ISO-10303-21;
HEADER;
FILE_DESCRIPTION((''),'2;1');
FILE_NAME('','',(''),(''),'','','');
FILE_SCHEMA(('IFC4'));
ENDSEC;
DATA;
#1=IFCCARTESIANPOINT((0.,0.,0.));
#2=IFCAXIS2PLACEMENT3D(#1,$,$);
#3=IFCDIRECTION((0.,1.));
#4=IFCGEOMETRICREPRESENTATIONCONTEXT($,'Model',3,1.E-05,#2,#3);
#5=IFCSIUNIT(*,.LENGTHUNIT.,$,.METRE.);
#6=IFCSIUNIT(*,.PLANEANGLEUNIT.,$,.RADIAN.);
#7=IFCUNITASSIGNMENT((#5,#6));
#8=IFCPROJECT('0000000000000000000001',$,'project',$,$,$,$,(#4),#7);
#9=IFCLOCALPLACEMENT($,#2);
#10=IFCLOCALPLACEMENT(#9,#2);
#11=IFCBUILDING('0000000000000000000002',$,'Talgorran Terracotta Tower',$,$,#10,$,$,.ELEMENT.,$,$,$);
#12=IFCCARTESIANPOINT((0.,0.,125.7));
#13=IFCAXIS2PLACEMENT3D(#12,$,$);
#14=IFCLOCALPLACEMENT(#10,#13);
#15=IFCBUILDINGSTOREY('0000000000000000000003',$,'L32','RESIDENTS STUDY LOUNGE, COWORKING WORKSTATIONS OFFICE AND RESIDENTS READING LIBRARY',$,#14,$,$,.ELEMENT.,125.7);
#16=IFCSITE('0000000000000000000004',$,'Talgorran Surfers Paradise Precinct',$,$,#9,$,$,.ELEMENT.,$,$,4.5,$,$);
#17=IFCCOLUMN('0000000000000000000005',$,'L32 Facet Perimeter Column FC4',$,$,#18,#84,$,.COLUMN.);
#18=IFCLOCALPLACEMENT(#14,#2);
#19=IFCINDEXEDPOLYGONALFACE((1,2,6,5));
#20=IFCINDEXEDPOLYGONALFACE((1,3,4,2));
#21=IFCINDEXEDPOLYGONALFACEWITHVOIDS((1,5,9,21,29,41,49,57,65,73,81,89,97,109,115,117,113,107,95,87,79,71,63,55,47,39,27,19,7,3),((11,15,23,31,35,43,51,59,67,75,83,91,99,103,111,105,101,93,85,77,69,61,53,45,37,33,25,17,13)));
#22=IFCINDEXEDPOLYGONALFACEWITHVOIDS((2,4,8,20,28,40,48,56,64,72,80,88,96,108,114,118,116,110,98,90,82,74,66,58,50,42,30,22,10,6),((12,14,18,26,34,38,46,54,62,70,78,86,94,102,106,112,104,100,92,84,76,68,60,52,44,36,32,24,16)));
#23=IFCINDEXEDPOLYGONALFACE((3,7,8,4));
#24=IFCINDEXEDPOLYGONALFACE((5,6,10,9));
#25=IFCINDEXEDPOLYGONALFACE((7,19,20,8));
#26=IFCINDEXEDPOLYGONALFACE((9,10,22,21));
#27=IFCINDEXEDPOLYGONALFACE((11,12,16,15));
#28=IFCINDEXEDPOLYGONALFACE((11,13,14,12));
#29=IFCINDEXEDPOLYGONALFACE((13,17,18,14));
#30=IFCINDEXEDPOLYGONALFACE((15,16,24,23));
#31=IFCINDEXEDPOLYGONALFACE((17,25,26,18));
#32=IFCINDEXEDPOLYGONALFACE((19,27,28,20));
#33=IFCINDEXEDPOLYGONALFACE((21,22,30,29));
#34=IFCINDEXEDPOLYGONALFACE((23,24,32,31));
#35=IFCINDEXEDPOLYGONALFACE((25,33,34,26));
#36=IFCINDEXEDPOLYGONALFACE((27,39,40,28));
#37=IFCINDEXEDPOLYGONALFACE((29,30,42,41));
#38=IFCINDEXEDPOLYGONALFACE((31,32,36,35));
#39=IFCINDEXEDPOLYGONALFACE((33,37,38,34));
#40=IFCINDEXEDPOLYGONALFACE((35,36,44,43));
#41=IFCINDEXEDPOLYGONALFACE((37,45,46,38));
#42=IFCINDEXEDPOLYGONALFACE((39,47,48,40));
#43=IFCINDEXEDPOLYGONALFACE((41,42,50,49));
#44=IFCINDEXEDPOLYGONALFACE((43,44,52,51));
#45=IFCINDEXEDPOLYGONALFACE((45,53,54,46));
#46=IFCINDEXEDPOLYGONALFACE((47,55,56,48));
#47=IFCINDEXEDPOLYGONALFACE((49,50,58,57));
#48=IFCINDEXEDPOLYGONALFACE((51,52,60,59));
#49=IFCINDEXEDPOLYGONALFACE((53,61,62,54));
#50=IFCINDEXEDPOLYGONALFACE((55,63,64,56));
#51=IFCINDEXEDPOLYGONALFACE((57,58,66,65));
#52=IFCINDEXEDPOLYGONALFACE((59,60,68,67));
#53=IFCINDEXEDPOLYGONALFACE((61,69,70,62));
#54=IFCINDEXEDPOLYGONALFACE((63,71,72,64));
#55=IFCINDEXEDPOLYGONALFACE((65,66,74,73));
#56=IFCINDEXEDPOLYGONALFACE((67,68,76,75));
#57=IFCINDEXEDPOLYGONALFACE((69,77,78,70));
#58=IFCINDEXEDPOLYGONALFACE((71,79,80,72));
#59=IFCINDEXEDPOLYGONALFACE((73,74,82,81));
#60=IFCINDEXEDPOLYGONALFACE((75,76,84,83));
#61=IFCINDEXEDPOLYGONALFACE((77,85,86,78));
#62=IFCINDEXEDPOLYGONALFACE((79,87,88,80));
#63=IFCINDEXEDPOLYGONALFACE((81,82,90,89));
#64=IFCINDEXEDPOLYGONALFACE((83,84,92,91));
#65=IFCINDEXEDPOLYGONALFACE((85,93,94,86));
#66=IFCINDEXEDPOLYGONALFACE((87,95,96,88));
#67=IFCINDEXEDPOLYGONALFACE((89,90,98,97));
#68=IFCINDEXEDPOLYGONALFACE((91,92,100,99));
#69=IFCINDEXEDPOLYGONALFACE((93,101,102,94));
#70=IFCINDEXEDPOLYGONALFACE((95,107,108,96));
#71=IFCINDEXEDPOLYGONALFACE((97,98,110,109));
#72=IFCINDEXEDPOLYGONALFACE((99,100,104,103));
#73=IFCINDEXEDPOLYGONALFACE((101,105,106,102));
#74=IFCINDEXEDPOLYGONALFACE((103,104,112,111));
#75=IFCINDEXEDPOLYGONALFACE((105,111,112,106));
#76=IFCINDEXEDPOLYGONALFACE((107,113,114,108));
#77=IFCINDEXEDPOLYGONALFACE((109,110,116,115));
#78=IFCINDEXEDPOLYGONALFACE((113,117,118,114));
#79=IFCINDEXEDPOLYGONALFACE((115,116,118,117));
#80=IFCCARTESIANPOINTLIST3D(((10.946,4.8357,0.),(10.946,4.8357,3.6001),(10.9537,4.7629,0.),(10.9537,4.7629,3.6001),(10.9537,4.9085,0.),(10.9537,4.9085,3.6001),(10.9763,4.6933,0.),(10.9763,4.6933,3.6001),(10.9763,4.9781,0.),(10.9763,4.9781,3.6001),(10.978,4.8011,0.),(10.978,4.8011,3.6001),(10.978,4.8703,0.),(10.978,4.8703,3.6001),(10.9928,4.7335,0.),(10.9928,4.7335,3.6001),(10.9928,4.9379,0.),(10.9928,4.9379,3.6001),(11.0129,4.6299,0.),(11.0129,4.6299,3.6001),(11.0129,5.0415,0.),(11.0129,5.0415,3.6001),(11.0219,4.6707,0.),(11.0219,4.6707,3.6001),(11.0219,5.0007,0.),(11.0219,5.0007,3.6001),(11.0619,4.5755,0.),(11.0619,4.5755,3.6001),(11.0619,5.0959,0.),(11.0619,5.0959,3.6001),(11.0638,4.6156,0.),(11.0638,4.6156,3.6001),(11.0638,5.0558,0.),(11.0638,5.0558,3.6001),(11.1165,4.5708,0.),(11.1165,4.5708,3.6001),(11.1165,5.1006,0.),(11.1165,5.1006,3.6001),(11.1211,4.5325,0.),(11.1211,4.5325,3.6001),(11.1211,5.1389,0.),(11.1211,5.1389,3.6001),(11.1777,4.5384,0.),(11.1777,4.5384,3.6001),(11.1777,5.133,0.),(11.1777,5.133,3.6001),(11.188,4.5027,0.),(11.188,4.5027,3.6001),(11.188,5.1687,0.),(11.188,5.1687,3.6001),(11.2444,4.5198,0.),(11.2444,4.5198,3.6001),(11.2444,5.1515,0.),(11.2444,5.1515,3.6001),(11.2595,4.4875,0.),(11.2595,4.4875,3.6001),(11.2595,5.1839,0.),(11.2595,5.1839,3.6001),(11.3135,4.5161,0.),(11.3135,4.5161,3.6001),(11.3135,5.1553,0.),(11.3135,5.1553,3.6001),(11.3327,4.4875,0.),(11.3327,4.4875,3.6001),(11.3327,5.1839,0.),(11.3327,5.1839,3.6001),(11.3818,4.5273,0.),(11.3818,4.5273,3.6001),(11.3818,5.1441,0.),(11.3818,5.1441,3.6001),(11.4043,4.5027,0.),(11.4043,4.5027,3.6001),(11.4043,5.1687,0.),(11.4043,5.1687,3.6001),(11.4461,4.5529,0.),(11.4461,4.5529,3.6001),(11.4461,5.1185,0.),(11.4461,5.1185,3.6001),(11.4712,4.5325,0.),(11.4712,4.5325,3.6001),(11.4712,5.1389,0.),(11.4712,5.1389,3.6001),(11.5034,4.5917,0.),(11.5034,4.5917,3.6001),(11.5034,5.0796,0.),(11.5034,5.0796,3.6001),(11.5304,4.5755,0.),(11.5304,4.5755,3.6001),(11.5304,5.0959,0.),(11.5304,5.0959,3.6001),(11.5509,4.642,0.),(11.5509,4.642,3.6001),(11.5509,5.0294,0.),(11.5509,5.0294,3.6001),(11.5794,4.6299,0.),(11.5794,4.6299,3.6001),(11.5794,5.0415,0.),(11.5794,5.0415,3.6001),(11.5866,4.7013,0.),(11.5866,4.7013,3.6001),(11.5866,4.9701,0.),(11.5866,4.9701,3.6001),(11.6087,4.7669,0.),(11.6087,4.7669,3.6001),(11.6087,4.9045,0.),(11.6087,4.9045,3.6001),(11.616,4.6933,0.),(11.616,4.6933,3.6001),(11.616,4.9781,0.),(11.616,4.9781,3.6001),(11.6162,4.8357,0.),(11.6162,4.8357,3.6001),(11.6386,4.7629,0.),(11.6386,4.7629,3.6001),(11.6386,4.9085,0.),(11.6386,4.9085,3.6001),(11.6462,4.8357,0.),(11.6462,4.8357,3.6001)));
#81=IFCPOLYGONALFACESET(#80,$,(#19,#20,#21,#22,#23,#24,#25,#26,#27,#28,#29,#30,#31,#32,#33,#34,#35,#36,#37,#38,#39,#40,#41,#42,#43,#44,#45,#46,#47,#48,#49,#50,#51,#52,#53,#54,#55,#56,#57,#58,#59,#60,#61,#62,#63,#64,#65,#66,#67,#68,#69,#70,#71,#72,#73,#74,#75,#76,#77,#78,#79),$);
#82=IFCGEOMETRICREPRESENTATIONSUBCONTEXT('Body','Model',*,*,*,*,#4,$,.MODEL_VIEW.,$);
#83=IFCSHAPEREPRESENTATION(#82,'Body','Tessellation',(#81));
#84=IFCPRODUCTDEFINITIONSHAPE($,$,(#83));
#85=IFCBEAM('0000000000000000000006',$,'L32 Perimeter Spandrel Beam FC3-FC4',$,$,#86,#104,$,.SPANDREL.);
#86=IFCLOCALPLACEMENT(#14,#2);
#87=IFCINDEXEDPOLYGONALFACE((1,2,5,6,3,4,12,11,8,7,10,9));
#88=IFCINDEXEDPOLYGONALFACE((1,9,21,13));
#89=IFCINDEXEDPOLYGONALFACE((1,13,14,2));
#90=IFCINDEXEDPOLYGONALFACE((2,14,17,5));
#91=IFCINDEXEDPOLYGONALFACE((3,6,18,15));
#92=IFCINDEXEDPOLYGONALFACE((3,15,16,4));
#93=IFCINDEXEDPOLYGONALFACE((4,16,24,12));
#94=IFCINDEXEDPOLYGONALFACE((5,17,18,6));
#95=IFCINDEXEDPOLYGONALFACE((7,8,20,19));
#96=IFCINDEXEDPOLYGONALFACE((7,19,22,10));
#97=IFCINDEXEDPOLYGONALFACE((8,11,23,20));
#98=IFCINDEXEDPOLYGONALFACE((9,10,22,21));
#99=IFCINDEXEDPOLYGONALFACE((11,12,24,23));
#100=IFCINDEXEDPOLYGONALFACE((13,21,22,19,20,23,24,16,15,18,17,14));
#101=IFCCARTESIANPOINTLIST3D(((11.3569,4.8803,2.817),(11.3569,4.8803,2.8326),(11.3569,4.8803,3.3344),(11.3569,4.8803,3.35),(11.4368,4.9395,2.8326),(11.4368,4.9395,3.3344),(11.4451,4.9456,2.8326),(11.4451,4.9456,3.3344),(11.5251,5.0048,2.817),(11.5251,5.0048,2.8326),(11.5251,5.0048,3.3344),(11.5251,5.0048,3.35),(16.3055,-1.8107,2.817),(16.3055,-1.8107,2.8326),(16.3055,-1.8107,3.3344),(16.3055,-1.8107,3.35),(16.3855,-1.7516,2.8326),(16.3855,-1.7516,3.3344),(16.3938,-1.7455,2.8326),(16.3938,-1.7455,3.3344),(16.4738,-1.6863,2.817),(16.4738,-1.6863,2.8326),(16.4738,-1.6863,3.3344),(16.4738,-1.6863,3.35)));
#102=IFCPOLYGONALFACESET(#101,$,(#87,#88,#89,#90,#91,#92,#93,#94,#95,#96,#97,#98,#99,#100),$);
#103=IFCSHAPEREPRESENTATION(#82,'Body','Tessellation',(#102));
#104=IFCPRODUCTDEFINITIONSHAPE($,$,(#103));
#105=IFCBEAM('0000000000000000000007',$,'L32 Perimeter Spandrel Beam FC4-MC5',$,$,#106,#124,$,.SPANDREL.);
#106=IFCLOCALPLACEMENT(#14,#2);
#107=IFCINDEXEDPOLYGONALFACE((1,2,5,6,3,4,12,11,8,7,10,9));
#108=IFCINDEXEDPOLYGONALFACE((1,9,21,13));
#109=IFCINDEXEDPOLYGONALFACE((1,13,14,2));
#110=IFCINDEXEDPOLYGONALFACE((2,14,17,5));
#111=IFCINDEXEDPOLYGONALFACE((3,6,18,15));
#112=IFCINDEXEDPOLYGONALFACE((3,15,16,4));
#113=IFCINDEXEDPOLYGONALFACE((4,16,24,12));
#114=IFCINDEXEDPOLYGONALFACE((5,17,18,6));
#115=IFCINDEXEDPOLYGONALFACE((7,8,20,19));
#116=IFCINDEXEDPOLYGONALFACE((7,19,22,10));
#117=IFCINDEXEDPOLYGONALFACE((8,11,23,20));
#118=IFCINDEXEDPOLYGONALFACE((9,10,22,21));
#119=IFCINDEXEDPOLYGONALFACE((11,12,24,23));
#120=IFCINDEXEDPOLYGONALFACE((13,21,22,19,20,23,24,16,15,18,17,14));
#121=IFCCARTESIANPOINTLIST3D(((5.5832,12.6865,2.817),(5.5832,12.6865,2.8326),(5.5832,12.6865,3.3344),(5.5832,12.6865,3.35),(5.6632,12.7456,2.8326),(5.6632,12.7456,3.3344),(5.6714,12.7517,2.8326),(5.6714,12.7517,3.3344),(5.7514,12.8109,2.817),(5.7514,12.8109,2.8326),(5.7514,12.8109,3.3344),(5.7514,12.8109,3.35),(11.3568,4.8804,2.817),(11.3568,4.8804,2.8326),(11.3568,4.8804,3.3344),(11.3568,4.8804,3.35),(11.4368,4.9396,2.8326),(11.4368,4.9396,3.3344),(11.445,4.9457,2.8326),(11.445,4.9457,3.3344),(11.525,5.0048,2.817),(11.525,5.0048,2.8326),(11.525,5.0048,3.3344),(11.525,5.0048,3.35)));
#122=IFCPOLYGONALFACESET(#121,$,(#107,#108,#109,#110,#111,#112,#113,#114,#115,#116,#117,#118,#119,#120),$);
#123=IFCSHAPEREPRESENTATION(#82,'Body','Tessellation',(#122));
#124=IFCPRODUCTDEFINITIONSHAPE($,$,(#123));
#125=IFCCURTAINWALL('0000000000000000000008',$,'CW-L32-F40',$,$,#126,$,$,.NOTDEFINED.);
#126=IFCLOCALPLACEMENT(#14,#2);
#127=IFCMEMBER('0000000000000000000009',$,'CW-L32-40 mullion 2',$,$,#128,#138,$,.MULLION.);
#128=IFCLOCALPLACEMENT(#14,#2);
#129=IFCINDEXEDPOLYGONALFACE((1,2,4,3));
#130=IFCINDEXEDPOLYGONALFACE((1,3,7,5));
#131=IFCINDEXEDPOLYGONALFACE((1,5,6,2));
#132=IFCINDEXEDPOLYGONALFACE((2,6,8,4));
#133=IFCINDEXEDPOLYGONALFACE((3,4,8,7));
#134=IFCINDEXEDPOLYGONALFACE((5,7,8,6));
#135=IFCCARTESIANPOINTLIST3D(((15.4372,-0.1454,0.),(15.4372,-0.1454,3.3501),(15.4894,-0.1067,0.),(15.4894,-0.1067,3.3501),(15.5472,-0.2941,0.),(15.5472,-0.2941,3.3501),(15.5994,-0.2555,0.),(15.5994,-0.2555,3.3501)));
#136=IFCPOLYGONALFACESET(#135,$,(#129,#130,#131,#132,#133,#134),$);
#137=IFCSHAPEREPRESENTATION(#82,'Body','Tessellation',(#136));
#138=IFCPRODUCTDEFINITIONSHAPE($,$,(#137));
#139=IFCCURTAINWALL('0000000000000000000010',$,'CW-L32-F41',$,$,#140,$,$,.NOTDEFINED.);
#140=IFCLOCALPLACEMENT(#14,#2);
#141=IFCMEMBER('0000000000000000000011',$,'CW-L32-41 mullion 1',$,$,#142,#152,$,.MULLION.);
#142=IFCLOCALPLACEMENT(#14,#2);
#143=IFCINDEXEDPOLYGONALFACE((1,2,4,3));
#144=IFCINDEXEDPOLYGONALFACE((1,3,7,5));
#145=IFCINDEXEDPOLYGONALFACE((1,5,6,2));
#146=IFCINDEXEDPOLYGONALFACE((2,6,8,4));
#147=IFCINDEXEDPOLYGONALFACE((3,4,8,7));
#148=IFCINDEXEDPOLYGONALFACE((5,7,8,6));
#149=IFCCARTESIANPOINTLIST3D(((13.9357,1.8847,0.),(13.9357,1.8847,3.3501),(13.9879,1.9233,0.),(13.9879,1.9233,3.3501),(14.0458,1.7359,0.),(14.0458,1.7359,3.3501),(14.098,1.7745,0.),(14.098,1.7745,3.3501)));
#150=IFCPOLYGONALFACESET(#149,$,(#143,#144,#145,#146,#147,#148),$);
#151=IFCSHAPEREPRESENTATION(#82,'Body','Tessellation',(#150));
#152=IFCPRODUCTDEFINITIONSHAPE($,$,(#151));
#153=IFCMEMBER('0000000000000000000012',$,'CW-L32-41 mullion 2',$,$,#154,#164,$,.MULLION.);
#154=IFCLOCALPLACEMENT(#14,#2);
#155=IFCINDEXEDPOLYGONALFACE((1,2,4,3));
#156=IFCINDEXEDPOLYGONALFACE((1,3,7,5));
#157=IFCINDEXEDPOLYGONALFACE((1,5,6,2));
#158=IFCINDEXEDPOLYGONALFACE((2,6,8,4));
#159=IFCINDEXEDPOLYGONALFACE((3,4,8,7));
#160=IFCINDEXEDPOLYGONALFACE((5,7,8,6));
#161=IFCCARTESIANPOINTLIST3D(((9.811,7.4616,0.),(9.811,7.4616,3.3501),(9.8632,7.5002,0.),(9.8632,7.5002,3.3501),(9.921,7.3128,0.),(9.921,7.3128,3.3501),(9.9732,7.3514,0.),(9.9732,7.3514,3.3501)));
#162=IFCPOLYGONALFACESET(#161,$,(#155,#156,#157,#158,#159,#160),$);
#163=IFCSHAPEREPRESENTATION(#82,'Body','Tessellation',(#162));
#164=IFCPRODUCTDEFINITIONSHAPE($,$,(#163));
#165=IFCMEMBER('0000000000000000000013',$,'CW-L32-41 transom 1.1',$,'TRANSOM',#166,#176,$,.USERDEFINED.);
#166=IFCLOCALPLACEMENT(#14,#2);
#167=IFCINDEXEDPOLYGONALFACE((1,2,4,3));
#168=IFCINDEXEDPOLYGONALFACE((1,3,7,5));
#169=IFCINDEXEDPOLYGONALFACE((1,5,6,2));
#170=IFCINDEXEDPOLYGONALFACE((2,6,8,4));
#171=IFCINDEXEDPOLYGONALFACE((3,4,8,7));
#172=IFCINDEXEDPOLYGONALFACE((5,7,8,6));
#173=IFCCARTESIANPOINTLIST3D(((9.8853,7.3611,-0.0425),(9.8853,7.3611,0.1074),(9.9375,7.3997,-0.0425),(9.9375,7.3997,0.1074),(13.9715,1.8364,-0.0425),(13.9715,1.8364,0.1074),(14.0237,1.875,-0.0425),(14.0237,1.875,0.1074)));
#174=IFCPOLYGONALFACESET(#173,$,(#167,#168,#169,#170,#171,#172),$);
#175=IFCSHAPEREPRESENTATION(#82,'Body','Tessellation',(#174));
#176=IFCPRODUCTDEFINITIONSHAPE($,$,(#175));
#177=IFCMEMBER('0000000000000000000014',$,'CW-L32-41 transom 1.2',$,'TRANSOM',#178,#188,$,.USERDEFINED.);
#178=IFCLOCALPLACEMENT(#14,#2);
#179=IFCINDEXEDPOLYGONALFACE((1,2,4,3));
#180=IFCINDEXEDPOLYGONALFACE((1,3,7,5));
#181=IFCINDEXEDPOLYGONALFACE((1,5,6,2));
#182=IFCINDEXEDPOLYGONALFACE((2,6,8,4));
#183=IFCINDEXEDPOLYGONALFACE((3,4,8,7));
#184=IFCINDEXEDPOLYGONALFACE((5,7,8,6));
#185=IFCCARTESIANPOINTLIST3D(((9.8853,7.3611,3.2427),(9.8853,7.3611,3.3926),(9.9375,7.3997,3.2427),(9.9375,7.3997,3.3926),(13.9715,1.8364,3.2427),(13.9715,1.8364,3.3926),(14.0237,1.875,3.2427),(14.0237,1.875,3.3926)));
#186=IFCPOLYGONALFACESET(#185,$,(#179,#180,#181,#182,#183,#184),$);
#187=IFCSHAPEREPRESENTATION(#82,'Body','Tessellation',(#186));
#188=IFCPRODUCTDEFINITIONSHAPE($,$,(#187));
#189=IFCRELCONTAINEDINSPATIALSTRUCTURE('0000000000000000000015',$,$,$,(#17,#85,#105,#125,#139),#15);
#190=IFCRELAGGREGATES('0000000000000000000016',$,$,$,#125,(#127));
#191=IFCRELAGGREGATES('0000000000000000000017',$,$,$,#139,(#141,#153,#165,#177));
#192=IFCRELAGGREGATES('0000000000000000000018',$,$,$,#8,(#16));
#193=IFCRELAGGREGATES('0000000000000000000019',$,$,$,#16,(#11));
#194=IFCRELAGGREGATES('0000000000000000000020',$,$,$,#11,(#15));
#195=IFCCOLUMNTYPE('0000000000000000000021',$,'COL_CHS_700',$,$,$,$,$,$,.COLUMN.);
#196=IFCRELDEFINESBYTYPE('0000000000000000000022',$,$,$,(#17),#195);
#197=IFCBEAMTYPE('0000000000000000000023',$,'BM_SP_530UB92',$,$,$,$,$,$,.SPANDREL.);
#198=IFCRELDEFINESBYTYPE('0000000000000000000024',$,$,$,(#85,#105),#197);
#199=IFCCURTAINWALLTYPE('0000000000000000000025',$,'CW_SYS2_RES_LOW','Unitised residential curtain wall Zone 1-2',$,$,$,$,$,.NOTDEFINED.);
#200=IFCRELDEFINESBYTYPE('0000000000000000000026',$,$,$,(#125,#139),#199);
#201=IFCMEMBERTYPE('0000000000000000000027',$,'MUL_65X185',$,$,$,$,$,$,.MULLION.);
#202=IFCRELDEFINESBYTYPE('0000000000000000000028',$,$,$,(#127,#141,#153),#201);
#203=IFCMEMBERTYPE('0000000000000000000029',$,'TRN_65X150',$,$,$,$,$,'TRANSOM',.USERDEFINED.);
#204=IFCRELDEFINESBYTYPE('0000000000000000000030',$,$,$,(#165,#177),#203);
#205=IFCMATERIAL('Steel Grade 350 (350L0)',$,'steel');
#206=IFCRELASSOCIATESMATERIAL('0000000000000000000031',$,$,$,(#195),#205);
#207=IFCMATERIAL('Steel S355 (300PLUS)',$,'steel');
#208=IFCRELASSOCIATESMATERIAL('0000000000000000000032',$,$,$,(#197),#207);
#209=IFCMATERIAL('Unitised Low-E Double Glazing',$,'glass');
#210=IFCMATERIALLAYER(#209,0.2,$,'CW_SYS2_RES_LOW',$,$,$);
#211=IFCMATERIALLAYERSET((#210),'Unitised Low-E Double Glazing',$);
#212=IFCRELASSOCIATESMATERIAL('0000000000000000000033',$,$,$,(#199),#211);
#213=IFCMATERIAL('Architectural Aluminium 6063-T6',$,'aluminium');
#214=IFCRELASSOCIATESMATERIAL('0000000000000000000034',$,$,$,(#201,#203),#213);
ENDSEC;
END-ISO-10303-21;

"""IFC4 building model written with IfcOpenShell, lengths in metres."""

from ifc_helpers import new_model, si_unit, direction, frame, origin, origin_2d, place, context, subcontext, project, spatial, rectangle, hollow_circle, i_section, extrude, material, layer, layer_set, material_profile, profile_set, type_object, element, aggregate, save


model = new_model("IFC4")

# Units and contexts
model_context = context("Model", 3, precision=1e-05, world=origin(), true_north=direction((0.0, 1.0)))
body_context = subcontext(model_context, "Body", "Model", "MODEL_VIEW")
ifc_project = project(units=[si_unit("LENGTHUNIT", "METRE"), si_unit("PLANEANGLEUNIT", "RADIAN")], contexts=[model_context])

# Site, building, storey
site_placement = place(None, origin())
site = spatial("IfcSite", under=ifc_project, at=site_placement, Name="Talgorran Surfers Paradise Precinct", CompositionType="ELEMENT", RefElevation=4.5)
building_placement = place(site_placement, origin())
building = spatial("IfcBuilding", under=site, at=building_placement, Name="Talgorran Terracotta Tower", CompositionType="ELEMENT")
storey_placement = place(building_placement, frame((0.0, 0.0, 125.7)))
storey = spatial("IfcBuildingStorey", under=building, at=storey_placement, Name="L32", Description="RESIDENTS STUDY LOUNGE, COWORKING WORKSTATIONS OFFICE AND RESIDENTS READING LIBRARY", CompositionType="ELEMENT", Elevation=125.7)

# Column
ifc_material_1 = material(Name="Steel Grade 350 (350L0)", Category="steel")
ifc_material_profile_1 = material_profile(ifc_material_1, hollow_circle(Radius=0.3501, WallThickness=0.03, at=origin_2d()), Name="CHS700X30")
ifc_profile_set_1 = profile_set([ifc_material_profile_1], Name="Steel Grade 350 (350L0)")
column_type = type_object("IfcColumnType", Name="COL_CHS_700", PredefinedType="COLUMN", material=ifc_profile_set_1)
column_placement = place(storey_placement, frame((11.2961, 4.8357, 0.0), z_axis=(0.0, 0.0, 1.0), x_axis=(1.0, 0.0, 0.0)))
element("IfcColumn", 1, at=column_placement, inside=storey, type_object=column_type, Name="L32 Facet Perimeter Column FC4", PredefinedType="COLUMN", context=body_context, shape_type="SweptSolid", body=[
    extrude(hollow_circle(Radius=0.3501, WallThickness=0.03, at=origin_2d()), origin(), (0.0, 0.0, 1.0), 3.6001),
])

# Beams
ifc_material_2 = material(Name="Steel S355 (300PLUS)", Category="steel")
ifc_material_profile_2 = material_profile(ifc_material_2, i_section(OverallWidth=0.2092, OverallDepth=0.533, WebThickness=0.0103, FlangeThickness=0.0156, at=origin_2d()), Name="530UB92.4")
ifc_profile_set_2 = profile_set([ifc_material_profile_2], Name="Steel S355 (300PLUS)")
beam_type = type_object("IfcBeamType", Name="BM_SP_530UB92", PredefinedType="SPANDREL", material=ifc_profile_set_2)
beam_1_placement = place(storey_placement, frame((16.3896, -1.7485, 3.0835), z_axis=(-0.594631, 0.803999, 0.0), x_axis=(-0.803999, -0.594631, 0.0)))
element("IfcBeam", 2, at=beam_1_placement, inside=storey, type_object=beam_type, Name="L32 Perimeter Spandrel Beam FC3-FC4", PredefinedType="SPANDREL", context=body_context, shape_type="SweptSolid", body=[
    extrude(i_section(OverallWidth=0.2092, OverallDepth=0.533, WebThickness=0.0103, FlangeThickness=0.0156, at=origin_2d()), origin(), (0.0, 0.0, 1.0), 8.3223),
])
beam_2_placement = place(storey_placement, frame((11.4409, 4.9426, 3.0835), z_axis=(-0.594652, 0.803983, 0.0), x_axis=(-0.803983, -0.594652, 0.0)))
element("IfcBeam", 3, at=beam_2_placement, inside=storey, type_object=beam_type, Name="L32 Perimeter Spandrel Beam FC4-MC5", PredefinedType="SPANDREL", context=body_context, shape_type="SweptSolid", body=[
    extrude(i_section(OverallWidth=0.2092, OverallDepth=0.533, WebThickness=0.0103, FlangeThickness=0.0156, at=origin_2d()), origin(), (0.0, 0.0, 1.0), 9.7092),
])

# Curtain wall, member
ifc_material_3 = material(Name="Unitised Low-E Double Glazing", Category="glass")
ifc_layer_1 = layer(ifc_material_3, 0.2, Name="CW_SYS2_RES_LOW")
ifc_layer_set_1 = layer_set([ifc_layer_1], Name="Unitised Low-E Double Glazing")
curtain_wall_type = type_object("IfcCurtainWallType", Name="CW_SYS2_RES_LOW", Description="Unitised residential curtain wall Zone 1-2", PredefinedType="NOTDEFINED", material=ifc_layer_set_1)
curtain_wall_1_placement = place(storey_placement, origin())
curtain_wall_1 = element("IfcCurtainWall", 4, at=curtain_wall_1_placement, inside=storey, type_object=curtain_wall_type, Name="CW-L32-F40", PredefinedType="NOTDEFINED")
ifc_material_4 = material(Name="Architectural Aluminium 6063-T6", Category="aluminium")
ifc_material_profile_3 = material_profile(ifc_material_4, rectangle(XDim=0.0649, YDim=0.1851, at=origin_2d()), Name="CWM65X185")
ifc_profile_set_3 = profile_set([ifc_material_profile_3], Name="Architectural Aluminium 6063-T6")
member_type_1 = type_object("IfcMemberType", Name="MUL_65X185", PredefinedType="MULLION", material=ifc_profile_set_3)
member_1_placement = place(storey_placement, frame((15.5183, -0.2004, 0.0), z_axis=(0.0, 0.0, 1.0), x_axis=(-0.803992, -0.59464, 0.0)))
member_1 = element("IfcMember", 5, at=member_1_placement, type_object=member_type_1, Name="CW-L32-40 mullion 2", PredefinedType="MULLION", context=body_context, shape_type="SweptSolid", body=[
    extrude(rectangle(XDim=0.0649, YDim=0.1851, at=origin_2d()), origin(), (0.0, 0.0, 1.0), 3.3501),
])
aggregate(curtain_wall_1, [member_1])

# Curtain wall, members
curtain_wall_2_placement = place(storey_placement, origin())
curtain_wall_2 = element("IfcCurtainWall", 6, at=curtain_wall_2_placement, inside=storey, type_object=curtain_wall_type, Name="CW-L32-F41", PredefinedType="NOTDEFINED")
member_2_placement = place(storey_placement, frame((14.0168, 1.8296, 0.0), z_axis=(0.0, 0.0, 1.0), x_axis=(-0.803996, -0.594635, 0.0)))
member_2 = element("IfcMember", 7, at=member_2_placement, type_object=member_type_1, Name="CW-L32-41 mullion 1", PredefinedType="MULLION", context=body_context, shape_type="SweptSolid", body=[
    extrude(rectangle(XDim=0.0649, YDim=0.1851, at=origin_2d()), origin(), (0.0, 0.0, 1.0), 3.3501),
])
member_3_placement = place(storey_placement, frame((9.8921, 7.4065, 0.0), z_axis=(0.0, 0.0, 1.0), x_axis=(-0.803996, -0.594635, 0.0)))
member_3 = element("IfcMember", 8, at=member_3_placement, type_object=member_type_1, Name="CW-L32-41 mullion 2", PredefinedType="MULLION", context=body_context, shape_type="SweptSolid", body=[
    extrude(rectangle(XDim=0.0649, YDim=0.1851, at=origin_2d()), origin(), (0.0, 0.0, 1.0), 3.3501),
])
ifc_material_profile_4 = material_profile(ifc_material_4, rectangle(XDim=0.0649, YDim=0.1499, at=origin_2d()), Name="CWT65X150")
ifc_profile_set_4 = profile_set([ifc_material_profile_4], Name="Architectural Aluminium 6063-T6")
member_type_2 = type_object("IfcMemberType", Name="TRN_65X150", ElementType="TRANSOM", PredefinedType="USERDEFINED", material=ifc_profile_set_4)
member_4_placement = place(storey_placement, frame((13.9976, 1.8557, 0.0325), z_axis=(-0.594649, 0.803986, 0.0), x_axis=(-0.803986, -0.594649, 0.0)))
member_4 = element("IfcMember", 9, at=member_4_placement, type_object=member_type_2, Name="CW-L32-41 transom 1.1", ObjectType="TRANSOM", PredefinedType="USERDEFINED", context=body_context, shape_type="SweptSolid", body=[
    extrude(rectangle(XDim=0.0649, YDim=0.1499, at=origin_2d()), origin(), (0.0, 0.0, 1.0), 6.8716),
])
member_5_placement = place(storey_placement, frame((13.9976, 1.8557, 3.3176), z_axis=(-0.594649, 0.803986, 0.0), x_axis=(-0.803986, -0.594649, 0.0)))
member_5 = element("IfcMember", 10, at=member_5_placement, type_object=member_type_2, Name="CW-L32-41 transom 1.2", ObjectType="TRANSOM", PredefinedType="USERDEFINED", context=body_context, shape_type="SweptSolid", body=[
    extrude(rectangle(XDim=0.0649, YDim=0.1499, at=origin_2d()), origin(), (0.0, 0.0, 1.0), 6.8716),
])

aggregate(curtain_wall_2, [member_2, member_3, member_4, member_5])

save(model, "model.ifc")
